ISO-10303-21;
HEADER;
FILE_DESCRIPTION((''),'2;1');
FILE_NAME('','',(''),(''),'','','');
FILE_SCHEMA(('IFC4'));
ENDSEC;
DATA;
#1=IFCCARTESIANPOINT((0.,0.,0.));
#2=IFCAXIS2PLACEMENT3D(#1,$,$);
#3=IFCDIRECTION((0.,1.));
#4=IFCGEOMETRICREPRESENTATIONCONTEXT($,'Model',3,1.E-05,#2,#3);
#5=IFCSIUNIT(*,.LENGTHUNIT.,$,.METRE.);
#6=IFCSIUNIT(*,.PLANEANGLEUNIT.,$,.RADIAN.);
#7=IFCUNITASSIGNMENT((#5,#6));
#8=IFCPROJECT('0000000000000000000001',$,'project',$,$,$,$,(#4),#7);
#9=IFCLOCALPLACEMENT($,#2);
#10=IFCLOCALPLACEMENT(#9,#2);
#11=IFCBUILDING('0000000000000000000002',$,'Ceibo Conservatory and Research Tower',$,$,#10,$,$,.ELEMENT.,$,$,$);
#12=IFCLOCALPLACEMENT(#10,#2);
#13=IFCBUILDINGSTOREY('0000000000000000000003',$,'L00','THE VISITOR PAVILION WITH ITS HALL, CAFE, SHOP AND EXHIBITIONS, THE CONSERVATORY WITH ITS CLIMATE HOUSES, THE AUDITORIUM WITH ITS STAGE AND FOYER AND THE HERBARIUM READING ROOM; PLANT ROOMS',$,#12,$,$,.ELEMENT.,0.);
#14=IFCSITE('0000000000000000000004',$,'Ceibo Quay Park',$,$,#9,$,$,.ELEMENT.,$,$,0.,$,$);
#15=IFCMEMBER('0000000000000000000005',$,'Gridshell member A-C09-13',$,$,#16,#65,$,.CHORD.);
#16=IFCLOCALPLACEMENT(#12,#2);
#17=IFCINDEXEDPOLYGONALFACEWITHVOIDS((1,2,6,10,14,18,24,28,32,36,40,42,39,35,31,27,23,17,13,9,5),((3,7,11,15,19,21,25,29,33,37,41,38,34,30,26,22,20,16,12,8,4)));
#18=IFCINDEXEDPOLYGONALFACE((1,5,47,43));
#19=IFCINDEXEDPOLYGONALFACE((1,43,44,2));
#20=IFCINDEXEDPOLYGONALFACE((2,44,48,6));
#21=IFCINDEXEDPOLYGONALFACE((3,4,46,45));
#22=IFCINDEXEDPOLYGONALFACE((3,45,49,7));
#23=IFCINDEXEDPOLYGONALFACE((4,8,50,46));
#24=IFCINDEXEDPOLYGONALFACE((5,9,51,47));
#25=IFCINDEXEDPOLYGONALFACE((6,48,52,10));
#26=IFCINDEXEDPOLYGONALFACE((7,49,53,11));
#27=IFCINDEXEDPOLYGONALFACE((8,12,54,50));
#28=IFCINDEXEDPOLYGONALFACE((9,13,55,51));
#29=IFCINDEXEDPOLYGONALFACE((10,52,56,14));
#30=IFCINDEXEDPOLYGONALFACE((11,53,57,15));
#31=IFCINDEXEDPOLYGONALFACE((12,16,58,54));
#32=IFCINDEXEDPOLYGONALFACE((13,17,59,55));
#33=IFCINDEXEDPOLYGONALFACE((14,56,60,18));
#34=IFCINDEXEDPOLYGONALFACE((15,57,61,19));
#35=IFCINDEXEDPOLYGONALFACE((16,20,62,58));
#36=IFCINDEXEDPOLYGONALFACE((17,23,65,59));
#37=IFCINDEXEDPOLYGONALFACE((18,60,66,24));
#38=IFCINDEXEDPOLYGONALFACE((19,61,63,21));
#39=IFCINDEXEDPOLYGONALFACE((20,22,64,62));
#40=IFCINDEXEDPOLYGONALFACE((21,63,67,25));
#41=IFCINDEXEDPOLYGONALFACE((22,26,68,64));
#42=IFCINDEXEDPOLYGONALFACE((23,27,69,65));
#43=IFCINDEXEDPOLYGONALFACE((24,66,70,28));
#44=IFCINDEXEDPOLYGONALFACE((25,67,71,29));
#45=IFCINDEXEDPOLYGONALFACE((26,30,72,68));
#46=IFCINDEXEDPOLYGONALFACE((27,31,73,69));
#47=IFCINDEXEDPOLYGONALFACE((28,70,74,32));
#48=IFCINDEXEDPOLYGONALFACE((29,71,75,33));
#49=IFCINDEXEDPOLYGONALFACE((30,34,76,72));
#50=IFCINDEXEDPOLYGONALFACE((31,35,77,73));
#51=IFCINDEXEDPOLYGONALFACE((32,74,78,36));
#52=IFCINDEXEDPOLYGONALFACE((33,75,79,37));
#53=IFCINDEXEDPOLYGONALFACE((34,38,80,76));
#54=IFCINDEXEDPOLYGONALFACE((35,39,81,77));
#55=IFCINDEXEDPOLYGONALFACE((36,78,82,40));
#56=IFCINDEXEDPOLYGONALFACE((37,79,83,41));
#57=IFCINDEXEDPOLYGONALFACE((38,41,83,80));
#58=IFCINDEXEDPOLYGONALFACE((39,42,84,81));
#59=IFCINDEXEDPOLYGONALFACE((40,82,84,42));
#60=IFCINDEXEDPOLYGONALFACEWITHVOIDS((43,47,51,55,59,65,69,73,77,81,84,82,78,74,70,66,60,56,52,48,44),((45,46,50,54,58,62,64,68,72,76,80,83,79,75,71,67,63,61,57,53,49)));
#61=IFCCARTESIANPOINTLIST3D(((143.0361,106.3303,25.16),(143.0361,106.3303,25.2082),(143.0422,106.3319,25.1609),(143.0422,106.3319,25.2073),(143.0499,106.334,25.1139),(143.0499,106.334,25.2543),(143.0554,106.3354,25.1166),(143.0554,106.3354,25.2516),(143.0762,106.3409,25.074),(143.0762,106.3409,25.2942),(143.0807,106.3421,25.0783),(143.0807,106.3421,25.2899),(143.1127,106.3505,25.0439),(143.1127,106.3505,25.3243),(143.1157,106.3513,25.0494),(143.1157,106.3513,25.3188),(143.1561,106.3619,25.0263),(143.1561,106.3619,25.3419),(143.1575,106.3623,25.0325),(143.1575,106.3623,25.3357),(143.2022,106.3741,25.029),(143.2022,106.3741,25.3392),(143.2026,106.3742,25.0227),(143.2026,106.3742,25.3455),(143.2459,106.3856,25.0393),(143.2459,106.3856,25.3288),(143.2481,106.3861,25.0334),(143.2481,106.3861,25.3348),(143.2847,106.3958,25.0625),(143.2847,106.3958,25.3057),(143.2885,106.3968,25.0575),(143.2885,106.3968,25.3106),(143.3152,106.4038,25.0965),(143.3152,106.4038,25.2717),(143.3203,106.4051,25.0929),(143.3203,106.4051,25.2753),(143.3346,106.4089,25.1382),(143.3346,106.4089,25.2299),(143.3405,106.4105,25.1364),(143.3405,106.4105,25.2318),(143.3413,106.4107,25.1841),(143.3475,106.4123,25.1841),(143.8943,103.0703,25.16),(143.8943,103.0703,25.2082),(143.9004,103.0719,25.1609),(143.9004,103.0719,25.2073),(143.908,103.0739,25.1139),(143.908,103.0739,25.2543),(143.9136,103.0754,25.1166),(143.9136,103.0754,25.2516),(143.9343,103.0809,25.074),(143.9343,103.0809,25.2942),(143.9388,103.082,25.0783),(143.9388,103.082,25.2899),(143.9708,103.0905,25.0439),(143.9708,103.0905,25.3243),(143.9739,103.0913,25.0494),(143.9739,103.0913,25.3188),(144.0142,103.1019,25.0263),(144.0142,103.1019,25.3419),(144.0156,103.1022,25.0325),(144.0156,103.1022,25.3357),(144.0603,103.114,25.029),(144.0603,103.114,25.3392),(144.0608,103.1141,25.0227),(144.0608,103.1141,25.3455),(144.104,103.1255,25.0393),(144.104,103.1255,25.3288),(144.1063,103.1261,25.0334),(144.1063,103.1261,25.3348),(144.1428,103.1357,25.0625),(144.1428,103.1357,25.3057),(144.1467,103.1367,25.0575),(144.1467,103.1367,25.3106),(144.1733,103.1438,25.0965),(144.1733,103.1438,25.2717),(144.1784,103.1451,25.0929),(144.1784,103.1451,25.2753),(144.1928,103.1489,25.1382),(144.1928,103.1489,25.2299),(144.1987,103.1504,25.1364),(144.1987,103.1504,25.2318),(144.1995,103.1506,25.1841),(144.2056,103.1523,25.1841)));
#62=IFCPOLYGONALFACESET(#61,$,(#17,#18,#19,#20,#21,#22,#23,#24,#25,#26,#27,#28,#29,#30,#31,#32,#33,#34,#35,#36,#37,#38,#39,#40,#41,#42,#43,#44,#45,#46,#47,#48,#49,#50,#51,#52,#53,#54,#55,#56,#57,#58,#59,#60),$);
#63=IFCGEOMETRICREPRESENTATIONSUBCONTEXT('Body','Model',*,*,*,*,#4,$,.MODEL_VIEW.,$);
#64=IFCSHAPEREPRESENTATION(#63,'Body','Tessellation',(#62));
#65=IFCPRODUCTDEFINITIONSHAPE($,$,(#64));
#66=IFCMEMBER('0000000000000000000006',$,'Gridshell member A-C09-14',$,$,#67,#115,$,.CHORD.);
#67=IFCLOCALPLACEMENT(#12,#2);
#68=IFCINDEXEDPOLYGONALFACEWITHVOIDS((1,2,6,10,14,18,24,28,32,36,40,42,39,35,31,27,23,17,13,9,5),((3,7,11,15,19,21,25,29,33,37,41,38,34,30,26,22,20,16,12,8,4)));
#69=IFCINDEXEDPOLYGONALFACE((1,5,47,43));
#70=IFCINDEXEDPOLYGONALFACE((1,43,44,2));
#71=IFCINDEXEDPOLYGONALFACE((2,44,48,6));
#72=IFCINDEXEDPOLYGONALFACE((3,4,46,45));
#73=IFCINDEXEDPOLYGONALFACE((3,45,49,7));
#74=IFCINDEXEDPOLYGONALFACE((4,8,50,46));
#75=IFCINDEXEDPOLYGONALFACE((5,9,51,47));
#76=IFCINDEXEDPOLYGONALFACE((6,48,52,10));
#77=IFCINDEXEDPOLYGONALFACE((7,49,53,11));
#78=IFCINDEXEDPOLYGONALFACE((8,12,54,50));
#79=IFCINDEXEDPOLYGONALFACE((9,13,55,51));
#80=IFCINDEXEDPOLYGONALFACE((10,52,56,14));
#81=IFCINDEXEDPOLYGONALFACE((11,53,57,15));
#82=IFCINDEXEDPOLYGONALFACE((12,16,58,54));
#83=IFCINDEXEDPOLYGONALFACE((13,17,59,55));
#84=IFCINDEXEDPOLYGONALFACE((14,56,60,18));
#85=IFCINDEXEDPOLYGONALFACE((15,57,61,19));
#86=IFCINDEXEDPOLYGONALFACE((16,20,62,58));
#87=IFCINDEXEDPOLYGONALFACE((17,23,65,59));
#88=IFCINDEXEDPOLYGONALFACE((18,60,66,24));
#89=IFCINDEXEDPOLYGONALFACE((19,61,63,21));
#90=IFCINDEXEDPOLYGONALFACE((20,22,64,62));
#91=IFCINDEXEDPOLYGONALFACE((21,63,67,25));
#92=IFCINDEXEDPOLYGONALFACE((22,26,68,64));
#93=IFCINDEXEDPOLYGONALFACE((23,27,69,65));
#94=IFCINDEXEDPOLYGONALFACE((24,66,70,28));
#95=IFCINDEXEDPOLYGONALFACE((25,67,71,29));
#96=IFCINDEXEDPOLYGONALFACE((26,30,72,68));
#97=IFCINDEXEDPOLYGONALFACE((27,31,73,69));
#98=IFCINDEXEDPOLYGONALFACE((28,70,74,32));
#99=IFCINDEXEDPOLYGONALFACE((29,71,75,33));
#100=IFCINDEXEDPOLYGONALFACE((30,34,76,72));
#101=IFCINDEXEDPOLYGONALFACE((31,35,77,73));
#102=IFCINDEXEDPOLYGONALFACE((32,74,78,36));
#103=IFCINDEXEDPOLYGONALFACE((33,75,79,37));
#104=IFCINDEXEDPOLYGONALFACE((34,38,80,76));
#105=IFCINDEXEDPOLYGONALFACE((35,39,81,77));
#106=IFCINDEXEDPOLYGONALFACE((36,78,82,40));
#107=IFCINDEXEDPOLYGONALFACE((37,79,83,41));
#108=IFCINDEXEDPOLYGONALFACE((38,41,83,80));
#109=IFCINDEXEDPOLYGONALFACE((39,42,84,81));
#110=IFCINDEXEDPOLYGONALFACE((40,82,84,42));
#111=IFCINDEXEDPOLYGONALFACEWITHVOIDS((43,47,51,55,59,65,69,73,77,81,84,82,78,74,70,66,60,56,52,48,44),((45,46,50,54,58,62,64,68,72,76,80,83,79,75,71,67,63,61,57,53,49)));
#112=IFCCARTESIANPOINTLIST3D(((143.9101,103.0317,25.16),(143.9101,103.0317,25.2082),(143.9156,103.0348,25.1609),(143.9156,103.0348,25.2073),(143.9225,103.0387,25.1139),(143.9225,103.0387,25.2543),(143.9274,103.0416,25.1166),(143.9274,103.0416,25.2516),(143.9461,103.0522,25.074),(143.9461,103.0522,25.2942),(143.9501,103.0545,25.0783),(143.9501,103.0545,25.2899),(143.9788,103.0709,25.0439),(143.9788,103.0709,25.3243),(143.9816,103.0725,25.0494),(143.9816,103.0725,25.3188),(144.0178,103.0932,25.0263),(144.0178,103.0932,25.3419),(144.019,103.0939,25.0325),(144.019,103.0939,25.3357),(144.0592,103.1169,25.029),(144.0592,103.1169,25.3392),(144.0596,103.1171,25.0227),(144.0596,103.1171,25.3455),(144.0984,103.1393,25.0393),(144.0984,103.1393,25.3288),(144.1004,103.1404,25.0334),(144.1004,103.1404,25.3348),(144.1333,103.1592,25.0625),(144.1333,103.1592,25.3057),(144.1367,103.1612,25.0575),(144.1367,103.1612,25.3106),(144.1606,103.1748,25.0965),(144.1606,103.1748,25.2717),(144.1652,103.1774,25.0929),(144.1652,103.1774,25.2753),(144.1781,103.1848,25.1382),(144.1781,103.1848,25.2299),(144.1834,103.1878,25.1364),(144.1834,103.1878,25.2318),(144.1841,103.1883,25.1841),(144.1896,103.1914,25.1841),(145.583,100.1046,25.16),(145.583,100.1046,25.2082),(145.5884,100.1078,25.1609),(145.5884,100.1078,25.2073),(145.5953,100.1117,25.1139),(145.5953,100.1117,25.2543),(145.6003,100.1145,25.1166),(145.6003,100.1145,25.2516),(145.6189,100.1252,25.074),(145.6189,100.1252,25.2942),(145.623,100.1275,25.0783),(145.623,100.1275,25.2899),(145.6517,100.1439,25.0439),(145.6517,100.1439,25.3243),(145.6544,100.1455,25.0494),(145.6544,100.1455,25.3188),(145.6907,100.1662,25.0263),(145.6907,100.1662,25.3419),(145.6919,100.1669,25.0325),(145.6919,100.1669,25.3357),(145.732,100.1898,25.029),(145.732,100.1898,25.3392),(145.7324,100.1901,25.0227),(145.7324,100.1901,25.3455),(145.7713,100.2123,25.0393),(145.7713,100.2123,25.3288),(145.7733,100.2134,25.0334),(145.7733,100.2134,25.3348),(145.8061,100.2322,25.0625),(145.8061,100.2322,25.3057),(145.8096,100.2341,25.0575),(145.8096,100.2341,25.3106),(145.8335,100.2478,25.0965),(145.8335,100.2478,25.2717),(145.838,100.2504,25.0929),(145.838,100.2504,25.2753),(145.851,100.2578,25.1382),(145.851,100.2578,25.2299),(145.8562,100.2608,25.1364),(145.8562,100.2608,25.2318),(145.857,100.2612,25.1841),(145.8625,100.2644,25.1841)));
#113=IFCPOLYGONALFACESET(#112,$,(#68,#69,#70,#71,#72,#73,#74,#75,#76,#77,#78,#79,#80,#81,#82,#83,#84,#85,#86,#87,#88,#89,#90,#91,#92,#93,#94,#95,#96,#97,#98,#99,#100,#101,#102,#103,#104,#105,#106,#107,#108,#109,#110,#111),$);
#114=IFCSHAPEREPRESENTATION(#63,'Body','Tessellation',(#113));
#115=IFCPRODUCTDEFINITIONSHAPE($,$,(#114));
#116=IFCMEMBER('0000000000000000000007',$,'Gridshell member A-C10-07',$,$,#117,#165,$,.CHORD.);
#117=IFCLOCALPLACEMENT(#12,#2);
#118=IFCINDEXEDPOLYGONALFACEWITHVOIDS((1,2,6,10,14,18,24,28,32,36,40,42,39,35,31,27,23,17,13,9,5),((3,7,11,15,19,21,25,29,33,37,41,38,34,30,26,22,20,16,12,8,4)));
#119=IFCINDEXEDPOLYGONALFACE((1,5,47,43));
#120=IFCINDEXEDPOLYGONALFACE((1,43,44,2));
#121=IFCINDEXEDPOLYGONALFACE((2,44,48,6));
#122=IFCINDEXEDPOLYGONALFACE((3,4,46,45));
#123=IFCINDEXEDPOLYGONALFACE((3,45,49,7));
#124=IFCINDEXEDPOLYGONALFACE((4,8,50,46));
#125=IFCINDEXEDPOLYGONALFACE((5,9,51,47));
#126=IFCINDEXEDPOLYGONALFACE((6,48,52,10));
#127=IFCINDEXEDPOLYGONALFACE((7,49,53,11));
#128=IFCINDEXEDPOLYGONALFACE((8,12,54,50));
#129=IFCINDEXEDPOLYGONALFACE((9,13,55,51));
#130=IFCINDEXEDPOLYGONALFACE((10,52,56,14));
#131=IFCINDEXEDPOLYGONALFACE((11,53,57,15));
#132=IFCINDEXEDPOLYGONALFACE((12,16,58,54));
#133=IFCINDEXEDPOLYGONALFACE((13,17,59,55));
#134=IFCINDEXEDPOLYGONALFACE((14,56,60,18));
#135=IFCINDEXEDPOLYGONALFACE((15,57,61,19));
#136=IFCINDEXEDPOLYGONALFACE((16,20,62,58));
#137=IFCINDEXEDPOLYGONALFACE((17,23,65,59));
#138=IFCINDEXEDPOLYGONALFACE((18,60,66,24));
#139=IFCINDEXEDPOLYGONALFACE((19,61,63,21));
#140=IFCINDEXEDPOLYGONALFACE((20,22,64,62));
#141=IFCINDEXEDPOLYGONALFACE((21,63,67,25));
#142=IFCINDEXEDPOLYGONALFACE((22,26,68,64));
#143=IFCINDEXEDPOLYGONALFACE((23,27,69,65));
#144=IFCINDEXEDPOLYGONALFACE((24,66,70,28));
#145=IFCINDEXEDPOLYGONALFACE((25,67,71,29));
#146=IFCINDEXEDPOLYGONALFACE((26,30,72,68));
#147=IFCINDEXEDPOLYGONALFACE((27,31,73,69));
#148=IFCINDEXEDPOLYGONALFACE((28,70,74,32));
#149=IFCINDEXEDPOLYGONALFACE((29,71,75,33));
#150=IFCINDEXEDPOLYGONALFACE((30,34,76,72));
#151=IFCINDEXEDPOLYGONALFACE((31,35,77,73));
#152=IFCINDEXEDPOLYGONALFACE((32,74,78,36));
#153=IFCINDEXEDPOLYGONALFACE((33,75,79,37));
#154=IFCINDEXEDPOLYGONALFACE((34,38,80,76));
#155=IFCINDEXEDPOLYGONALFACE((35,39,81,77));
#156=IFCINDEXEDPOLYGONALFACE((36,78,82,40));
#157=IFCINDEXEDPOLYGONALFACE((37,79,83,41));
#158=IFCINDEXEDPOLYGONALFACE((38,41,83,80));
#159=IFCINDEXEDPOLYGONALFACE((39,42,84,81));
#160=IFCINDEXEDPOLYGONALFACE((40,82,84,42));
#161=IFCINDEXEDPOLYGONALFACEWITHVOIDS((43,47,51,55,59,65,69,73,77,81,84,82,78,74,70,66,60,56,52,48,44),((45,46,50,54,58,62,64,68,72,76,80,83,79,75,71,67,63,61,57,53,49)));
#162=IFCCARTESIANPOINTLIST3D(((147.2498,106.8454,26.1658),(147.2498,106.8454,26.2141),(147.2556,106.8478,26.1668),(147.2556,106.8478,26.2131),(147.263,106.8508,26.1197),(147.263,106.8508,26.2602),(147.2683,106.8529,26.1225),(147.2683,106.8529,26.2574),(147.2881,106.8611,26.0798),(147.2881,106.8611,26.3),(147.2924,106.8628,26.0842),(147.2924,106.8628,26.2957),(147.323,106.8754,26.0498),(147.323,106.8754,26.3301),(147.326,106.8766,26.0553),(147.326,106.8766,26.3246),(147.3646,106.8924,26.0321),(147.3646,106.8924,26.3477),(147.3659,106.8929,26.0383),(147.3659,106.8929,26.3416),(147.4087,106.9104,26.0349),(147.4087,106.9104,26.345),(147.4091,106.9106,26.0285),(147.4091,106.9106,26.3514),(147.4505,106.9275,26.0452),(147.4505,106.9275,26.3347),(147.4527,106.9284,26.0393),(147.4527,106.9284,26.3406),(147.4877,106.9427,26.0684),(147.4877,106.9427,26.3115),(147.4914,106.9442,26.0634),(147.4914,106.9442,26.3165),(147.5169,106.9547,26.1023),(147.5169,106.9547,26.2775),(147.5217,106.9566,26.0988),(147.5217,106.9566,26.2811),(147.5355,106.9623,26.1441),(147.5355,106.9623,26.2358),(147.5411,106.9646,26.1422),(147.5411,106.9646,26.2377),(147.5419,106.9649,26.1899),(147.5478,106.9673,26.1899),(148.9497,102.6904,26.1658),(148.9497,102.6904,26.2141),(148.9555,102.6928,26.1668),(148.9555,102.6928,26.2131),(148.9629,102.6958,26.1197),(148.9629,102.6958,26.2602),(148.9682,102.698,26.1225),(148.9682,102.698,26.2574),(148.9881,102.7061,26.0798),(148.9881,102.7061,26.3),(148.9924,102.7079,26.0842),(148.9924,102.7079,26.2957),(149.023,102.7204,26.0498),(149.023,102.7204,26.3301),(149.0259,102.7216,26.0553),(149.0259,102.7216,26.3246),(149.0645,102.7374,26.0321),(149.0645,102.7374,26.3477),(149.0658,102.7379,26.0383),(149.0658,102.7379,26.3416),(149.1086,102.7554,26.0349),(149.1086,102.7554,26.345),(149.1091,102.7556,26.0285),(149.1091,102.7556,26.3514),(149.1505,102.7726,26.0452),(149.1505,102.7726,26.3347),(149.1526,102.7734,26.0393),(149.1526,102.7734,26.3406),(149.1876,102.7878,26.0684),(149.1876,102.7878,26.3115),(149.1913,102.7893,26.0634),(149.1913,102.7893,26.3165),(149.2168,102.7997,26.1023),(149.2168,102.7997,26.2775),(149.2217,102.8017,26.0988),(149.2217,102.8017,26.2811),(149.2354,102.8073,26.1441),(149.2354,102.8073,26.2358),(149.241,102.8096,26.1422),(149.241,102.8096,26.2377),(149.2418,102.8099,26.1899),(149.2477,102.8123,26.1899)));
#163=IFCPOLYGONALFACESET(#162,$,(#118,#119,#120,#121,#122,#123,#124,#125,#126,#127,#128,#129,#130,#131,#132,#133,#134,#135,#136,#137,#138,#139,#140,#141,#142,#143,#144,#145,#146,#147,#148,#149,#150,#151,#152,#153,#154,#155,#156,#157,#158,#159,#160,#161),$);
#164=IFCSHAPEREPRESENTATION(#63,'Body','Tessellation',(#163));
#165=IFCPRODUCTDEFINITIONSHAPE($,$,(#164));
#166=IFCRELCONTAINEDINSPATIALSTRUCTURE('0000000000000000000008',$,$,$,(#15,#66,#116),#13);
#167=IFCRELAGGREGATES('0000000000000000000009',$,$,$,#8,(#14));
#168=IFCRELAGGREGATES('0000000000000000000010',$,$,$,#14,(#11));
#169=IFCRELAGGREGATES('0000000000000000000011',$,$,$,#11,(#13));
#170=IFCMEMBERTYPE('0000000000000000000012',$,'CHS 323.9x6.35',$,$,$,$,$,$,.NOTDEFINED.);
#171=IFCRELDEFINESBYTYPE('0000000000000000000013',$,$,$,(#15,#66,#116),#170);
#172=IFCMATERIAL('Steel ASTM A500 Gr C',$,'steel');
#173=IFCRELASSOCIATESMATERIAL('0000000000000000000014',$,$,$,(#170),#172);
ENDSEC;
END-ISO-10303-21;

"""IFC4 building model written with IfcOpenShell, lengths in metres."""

from ifc_helpers import new_model, si_unit, direction, frame, origin, origin_2d, place, context, subcontext, project, spatial, hollow_circle, extrude, material, material_profile, profile_set, type_object, element, save


model = new_model("IFC4")

# Units and contexts
model_context = context("Model", 3, precision=1e-05, world=origin(), true_north=direction((0.0, 1.0)))
body_context = subcontext(model_context, "Body", "Model", "MODEL_VIEW")
ifc_project = project(units=[si_unit("LENGTHUNIT", "METRE"), si_unit("PLANEANGLEUNIT", "RADIAN")], contexts=[model_context])

# Site, building, storey
site_placement = place(None, origin())
site = spatial("IfcSite", under=ifc_project, at=site_placement, Name="Ceibo Quay Park", CompositionType="ELEMENT", RefElevation=0.0)
building_placement = place(site_placement, origin())
building = spatial("IfcBuilding", under=site, at=building_placement, Name="Ceibo Conservatory and Research Tower", CompositionType="ELEMENT")
storey_placement = place(building_placement, origin())
storey = spatial("IfcBuildingStorey", under=building, at=storey_placement, Name="L00", Description="THE VISITOR PAVILION WITH ITS HALL, CAFE, SHOP AND EXHIBITIONS, THE CONSERVATORY WITH ITS CLIMATE HOUSES, THE AUDITORIUM WITH ITS STAGE AND FOYER AND THE HERBARIUM READING ROOM; PLANT ROOMS", CompositionType="ELEMENT", Elevation=0.0)

# Members
ifc_material_1 = material(Name="Steel ASTM A500 Gr C", Category="steel")
ifc_material_profile_1 = material_profile(ifc_material_1, hollow_circle(Radius=0.1619, WallThickness=0.0063, at=origin_2d()), Name="CHS 323.9x6.35")
ifc_profile_set_1 = profile_set([ifc_material_profile_1], Name="Steel ASTM A500 Gr C")
member_type_1 = type_object("IfcMemberType", Name="CHS 323.9x6.35", PredefinedType="NOTDEFINED", material=ifc_profile_set_1)
member_1_placement = place(storey_placement, frame((143.1909, 106.3711, 25.1841), z_axis=(0.254565, -0.967056, 0.0), x_axis=(0.967056, 0.254565, 0.0)))
element("IfcMember", 1, at=member_1_placement, inside=storey, type_object=member_type_1, Name="Gridshell member A-C09-13", PredefinedType="CHORD", context=body_context, shape_type="SweptSolid", body=[
    extrude(hollow_circle(Radius=0.1619, WallThickness=0.0063, at=origin_2d()), origin(), (0.0, 0.0, 1.0), 3.3711),
])
member_2_placement = place(storey_placement, frame((144.0491, 103.1111, 25.1841), z_axis=(0.496201, -0.868207, 0.0), x_axis=(0.868207, 0.496201, 0.0)))
element("IfcMember", 2, at=member_2_placement, inside=storey, type_object=member_type_1, Name="Gridshell member A-C09-14", PredefinedType="CHORD", context=body_context, shape_type="SweptSolid", body=[
    extrude(hollow_circle(Radius=0.1619, WallThickness=0.0063, at=origin_2d()), origin(), (0.0, 0.0, 1.0), 3.3713),
])
member_3_placement = place(storey_placement, frame((147.3979, 106.906, 26.1899), z_axis=(0.378665, -0.925534, 0.0), x_axis=(0.925534, 0.378665, 0.0)))
element("IfcMember", 3, at=member_3_placement, inside=storey, type_object=member_type_1, Name="Gridshell member A-C10-07", PredefinedType="CHORD", context=body_context, shape_type="SweptSolid", body=[
    extrude(hollow_circle(Radius=0.1619, WallThickness=0.0063, at=origin_2d()), origin(), (0.0, 0.0, 1.0), 4.4893),
])

save(model, "model.ifc")
